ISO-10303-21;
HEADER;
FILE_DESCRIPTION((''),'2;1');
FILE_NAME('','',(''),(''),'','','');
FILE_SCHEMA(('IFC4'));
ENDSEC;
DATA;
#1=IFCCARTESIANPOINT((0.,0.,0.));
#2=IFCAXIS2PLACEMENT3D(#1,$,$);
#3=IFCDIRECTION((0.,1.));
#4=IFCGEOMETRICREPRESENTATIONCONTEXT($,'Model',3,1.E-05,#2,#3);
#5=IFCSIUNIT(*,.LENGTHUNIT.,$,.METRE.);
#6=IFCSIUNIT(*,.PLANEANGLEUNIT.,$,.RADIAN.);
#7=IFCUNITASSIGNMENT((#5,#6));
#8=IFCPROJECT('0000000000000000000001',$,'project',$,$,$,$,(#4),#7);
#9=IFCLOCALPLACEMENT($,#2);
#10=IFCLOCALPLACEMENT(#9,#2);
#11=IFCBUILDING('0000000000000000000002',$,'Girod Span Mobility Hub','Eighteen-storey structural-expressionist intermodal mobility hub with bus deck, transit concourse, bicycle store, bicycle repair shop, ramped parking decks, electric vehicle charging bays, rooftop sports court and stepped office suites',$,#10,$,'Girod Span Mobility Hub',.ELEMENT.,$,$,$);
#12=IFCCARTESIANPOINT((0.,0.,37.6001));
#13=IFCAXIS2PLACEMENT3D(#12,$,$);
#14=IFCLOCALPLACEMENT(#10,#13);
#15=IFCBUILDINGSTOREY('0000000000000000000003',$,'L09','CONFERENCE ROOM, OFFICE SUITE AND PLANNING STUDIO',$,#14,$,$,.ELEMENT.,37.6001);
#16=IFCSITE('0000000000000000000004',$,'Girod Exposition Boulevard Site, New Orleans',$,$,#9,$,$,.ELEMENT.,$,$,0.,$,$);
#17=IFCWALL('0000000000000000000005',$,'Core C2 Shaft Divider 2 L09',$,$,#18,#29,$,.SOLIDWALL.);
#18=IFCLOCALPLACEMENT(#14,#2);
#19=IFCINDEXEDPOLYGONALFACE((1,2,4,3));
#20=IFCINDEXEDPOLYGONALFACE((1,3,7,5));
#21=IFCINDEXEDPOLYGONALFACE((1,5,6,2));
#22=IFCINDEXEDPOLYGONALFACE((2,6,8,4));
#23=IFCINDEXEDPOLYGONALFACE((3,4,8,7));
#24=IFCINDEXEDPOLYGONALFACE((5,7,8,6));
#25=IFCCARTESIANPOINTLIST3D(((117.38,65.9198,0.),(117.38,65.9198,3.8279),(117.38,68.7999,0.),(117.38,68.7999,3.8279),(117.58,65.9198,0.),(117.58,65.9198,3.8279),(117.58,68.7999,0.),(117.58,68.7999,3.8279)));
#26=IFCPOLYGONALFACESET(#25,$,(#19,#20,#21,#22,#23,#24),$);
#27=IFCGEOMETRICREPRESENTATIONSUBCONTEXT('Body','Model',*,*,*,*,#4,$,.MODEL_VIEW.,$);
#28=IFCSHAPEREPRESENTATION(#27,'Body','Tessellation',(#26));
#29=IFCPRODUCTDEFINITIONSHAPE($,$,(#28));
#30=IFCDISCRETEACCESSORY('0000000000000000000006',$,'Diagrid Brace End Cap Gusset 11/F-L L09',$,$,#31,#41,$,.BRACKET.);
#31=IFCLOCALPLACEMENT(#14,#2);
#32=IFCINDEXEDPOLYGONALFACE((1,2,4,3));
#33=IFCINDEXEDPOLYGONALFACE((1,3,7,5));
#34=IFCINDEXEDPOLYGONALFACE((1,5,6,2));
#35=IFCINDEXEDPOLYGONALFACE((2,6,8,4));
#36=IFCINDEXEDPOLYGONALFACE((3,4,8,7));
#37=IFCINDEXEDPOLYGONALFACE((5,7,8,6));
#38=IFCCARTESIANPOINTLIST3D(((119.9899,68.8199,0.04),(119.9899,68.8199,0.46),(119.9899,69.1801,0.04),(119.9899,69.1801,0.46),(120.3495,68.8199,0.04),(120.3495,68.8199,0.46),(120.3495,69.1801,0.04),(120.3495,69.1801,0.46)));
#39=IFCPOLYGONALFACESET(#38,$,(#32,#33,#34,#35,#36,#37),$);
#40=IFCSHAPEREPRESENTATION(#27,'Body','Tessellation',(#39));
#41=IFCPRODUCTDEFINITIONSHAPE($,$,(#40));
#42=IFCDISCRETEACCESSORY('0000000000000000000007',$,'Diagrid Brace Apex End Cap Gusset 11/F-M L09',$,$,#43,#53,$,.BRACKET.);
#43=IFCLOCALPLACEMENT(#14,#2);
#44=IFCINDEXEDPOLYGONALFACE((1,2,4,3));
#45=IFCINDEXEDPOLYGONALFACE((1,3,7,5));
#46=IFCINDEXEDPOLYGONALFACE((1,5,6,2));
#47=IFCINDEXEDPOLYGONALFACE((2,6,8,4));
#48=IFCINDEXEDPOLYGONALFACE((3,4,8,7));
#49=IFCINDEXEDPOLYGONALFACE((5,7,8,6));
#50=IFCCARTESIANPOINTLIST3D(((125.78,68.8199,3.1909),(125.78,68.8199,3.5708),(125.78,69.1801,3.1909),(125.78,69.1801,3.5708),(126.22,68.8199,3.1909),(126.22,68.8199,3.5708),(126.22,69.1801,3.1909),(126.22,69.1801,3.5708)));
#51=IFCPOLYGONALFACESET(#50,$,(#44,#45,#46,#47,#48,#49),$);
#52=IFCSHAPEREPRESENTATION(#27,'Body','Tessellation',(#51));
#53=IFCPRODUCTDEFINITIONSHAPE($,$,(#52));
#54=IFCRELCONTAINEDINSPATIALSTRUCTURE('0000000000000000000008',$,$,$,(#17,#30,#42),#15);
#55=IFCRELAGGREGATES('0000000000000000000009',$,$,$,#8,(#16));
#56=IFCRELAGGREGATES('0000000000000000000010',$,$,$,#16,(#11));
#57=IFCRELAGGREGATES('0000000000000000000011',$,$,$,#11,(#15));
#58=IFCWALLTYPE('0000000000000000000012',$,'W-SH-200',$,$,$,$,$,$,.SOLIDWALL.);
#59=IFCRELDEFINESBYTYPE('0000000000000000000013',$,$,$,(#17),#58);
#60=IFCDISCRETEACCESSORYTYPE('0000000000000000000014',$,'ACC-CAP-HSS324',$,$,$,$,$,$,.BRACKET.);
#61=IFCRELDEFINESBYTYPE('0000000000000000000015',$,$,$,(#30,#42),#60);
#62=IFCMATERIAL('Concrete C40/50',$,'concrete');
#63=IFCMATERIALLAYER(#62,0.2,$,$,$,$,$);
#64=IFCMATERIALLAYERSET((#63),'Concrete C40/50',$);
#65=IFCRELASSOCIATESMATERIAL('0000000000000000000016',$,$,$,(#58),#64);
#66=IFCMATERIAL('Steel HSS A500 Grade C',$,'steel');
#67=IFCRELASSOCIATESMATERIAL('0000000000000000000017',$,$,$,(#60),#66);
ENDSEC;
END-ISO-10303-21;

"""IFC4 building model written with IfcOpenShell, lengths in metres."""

from ifc_helpers import new_model, si_unit, direction, frame, frame_2d, origin, origin_2d, place, context, subcontext, project, spatial, rectangle, extrude, material, layer, layer_set, type_object, element, save


model = new_model("IFC4")

# Units and contexts
model_context = context("Model", 3, precision=1e-05, world=origin(), true_north=direction((0.0, 1.0)))
body_context = subcontext(model_context, "Body", "Model", "MODEL_VIEW")
ifc_project = project(units=[si_unit("LENGTHUNIT", "METRE"), si_unit("PLANEANGLEUNIT", "RADIAN")], contexts=[model_context])

# Site, building, storey
site_placement = place(None, origin())
site = spatial("IfcSite", under=ifc_project, at=site_placement, Name="Girod Exposition Boulevard Site, New Orleans", CompositionType="ELEMENT", RefElevation=0.0)
building_placement = place(site_placement, origin())
building = spatial("IfcBuilding", under=site, at=building_placement, Name="Girod Span Mobility Hub", Description="Eighteen-storey structural-expressionist intermodal mobility hub with bus deck, transit concourse, bicycle store, bicycle repair shop, ramped parking decks, electric vehicle charging bays, rooftop sports court and stepped office suites", LongName="Girod Span Mobility Hub", CompositionType="ELEMENT")
storey_placement = place(building_placement, frame((0.0, 0.0, 37.6001)))
storey = spatial("IfcBuildingStorey", under=building, at=storey_placement, Name="L09", Description="CONFERENCE ROOM, OFFICE SUITE AND PLANNING STUDIO", CompositionType="ELEMENT", Elevation=37.6001)

# Wall
ifc_material_1 = material(Name="Concrete C40/50", Category="concrete")
ifc_layer_1 = layer(ifc_material_1, 0.2)
ifc_layer_set_1 = layer_set([ifc_layer_1], Name="Concrete C40/50")
wall_type = type_object("IfcWallType", Name="W-SH-200", PredefinedType="SOLIDWALL", material=ifc_layer_set_1)
for number, where, z_axis, x_axis, name in (
    (1, (117.48, 65.9199, 0.0), (0.0, 0.0, 1.0), (0.0, 1.0, 0.0), "Core C2 Shaft Divider 2 L09"),
):
    element("IfcWall", number, at=place(storey_placement, frame(where, z_axis=z_axis, x_axis=x_axis)), inside=storey, type_object=wall_type, Name=name, PredefinedType="SOLIDWALL", context=body_context, shape_type="SweptSolid", body=[
        extrude(rectangle(XDim=2.8801, YDim=0.2, at=frame_2d((1.4399, 0.0))), origin(), (0.0, 0.0, 1.0), 3.8279),
    ])

# Discrete accessories
ifc_material_2 = material(Name="Steel HSS A500 Grade C", Category="steel")
discrete_accessory_type = type_object("IfcDiscreteAccessoryType", Name="ACC-CAP-HSS324", PredefinedType="BRACKET", material=ifc_material_2)
discrete_accessory_1_placement = place(storey_placement, frame((120.1697, 69.0, 0.04), z_axis=(0.0, 0.0, 1.0), x_axis=(1.0, 0.0, 0.0)))
element("IfcDiscreteAccessory", 2, at=discrete_accessory_1_placement, inside=storey, type_object=discrete_accessory_type, Name="Diagrid Brace End Cap Gusset 11/F-L L09", PredefinedType="BRACKET", context=body_context, shape_type="SweptSolid", body=[
    extrude(rectangle(XDim=0.3596, YDim=0.3601, at=origin_2d()), origin(), (0.0, 0.0, 1.0), 0.4199),
])
discrete_accessory_2_placement = place(storey_placement, frame((126.0, 69.0, 3.1909), z_axis=(0.0, 0.0, 1.0), x_axis=(1.0, 0.0, 0.0)))
element("IfcDiscreteAccessory", 3, at=discrete_accessory_2_placement, inside=storey, type_object=discrete_accessory_type, Name="Diagrid Brace Apex End Cap Gusset 11/F-M L09", PredefinedType="BRACKET", context=body_context, shape_type="SweptSolid", body=[
    extrude(rectangle(XDim=0.4399, YDim=0.3601, at=origin_2d()), origin(), (0.0, 0.0, 1.0), 0.3799),
])

save(model, "model.ifc")
